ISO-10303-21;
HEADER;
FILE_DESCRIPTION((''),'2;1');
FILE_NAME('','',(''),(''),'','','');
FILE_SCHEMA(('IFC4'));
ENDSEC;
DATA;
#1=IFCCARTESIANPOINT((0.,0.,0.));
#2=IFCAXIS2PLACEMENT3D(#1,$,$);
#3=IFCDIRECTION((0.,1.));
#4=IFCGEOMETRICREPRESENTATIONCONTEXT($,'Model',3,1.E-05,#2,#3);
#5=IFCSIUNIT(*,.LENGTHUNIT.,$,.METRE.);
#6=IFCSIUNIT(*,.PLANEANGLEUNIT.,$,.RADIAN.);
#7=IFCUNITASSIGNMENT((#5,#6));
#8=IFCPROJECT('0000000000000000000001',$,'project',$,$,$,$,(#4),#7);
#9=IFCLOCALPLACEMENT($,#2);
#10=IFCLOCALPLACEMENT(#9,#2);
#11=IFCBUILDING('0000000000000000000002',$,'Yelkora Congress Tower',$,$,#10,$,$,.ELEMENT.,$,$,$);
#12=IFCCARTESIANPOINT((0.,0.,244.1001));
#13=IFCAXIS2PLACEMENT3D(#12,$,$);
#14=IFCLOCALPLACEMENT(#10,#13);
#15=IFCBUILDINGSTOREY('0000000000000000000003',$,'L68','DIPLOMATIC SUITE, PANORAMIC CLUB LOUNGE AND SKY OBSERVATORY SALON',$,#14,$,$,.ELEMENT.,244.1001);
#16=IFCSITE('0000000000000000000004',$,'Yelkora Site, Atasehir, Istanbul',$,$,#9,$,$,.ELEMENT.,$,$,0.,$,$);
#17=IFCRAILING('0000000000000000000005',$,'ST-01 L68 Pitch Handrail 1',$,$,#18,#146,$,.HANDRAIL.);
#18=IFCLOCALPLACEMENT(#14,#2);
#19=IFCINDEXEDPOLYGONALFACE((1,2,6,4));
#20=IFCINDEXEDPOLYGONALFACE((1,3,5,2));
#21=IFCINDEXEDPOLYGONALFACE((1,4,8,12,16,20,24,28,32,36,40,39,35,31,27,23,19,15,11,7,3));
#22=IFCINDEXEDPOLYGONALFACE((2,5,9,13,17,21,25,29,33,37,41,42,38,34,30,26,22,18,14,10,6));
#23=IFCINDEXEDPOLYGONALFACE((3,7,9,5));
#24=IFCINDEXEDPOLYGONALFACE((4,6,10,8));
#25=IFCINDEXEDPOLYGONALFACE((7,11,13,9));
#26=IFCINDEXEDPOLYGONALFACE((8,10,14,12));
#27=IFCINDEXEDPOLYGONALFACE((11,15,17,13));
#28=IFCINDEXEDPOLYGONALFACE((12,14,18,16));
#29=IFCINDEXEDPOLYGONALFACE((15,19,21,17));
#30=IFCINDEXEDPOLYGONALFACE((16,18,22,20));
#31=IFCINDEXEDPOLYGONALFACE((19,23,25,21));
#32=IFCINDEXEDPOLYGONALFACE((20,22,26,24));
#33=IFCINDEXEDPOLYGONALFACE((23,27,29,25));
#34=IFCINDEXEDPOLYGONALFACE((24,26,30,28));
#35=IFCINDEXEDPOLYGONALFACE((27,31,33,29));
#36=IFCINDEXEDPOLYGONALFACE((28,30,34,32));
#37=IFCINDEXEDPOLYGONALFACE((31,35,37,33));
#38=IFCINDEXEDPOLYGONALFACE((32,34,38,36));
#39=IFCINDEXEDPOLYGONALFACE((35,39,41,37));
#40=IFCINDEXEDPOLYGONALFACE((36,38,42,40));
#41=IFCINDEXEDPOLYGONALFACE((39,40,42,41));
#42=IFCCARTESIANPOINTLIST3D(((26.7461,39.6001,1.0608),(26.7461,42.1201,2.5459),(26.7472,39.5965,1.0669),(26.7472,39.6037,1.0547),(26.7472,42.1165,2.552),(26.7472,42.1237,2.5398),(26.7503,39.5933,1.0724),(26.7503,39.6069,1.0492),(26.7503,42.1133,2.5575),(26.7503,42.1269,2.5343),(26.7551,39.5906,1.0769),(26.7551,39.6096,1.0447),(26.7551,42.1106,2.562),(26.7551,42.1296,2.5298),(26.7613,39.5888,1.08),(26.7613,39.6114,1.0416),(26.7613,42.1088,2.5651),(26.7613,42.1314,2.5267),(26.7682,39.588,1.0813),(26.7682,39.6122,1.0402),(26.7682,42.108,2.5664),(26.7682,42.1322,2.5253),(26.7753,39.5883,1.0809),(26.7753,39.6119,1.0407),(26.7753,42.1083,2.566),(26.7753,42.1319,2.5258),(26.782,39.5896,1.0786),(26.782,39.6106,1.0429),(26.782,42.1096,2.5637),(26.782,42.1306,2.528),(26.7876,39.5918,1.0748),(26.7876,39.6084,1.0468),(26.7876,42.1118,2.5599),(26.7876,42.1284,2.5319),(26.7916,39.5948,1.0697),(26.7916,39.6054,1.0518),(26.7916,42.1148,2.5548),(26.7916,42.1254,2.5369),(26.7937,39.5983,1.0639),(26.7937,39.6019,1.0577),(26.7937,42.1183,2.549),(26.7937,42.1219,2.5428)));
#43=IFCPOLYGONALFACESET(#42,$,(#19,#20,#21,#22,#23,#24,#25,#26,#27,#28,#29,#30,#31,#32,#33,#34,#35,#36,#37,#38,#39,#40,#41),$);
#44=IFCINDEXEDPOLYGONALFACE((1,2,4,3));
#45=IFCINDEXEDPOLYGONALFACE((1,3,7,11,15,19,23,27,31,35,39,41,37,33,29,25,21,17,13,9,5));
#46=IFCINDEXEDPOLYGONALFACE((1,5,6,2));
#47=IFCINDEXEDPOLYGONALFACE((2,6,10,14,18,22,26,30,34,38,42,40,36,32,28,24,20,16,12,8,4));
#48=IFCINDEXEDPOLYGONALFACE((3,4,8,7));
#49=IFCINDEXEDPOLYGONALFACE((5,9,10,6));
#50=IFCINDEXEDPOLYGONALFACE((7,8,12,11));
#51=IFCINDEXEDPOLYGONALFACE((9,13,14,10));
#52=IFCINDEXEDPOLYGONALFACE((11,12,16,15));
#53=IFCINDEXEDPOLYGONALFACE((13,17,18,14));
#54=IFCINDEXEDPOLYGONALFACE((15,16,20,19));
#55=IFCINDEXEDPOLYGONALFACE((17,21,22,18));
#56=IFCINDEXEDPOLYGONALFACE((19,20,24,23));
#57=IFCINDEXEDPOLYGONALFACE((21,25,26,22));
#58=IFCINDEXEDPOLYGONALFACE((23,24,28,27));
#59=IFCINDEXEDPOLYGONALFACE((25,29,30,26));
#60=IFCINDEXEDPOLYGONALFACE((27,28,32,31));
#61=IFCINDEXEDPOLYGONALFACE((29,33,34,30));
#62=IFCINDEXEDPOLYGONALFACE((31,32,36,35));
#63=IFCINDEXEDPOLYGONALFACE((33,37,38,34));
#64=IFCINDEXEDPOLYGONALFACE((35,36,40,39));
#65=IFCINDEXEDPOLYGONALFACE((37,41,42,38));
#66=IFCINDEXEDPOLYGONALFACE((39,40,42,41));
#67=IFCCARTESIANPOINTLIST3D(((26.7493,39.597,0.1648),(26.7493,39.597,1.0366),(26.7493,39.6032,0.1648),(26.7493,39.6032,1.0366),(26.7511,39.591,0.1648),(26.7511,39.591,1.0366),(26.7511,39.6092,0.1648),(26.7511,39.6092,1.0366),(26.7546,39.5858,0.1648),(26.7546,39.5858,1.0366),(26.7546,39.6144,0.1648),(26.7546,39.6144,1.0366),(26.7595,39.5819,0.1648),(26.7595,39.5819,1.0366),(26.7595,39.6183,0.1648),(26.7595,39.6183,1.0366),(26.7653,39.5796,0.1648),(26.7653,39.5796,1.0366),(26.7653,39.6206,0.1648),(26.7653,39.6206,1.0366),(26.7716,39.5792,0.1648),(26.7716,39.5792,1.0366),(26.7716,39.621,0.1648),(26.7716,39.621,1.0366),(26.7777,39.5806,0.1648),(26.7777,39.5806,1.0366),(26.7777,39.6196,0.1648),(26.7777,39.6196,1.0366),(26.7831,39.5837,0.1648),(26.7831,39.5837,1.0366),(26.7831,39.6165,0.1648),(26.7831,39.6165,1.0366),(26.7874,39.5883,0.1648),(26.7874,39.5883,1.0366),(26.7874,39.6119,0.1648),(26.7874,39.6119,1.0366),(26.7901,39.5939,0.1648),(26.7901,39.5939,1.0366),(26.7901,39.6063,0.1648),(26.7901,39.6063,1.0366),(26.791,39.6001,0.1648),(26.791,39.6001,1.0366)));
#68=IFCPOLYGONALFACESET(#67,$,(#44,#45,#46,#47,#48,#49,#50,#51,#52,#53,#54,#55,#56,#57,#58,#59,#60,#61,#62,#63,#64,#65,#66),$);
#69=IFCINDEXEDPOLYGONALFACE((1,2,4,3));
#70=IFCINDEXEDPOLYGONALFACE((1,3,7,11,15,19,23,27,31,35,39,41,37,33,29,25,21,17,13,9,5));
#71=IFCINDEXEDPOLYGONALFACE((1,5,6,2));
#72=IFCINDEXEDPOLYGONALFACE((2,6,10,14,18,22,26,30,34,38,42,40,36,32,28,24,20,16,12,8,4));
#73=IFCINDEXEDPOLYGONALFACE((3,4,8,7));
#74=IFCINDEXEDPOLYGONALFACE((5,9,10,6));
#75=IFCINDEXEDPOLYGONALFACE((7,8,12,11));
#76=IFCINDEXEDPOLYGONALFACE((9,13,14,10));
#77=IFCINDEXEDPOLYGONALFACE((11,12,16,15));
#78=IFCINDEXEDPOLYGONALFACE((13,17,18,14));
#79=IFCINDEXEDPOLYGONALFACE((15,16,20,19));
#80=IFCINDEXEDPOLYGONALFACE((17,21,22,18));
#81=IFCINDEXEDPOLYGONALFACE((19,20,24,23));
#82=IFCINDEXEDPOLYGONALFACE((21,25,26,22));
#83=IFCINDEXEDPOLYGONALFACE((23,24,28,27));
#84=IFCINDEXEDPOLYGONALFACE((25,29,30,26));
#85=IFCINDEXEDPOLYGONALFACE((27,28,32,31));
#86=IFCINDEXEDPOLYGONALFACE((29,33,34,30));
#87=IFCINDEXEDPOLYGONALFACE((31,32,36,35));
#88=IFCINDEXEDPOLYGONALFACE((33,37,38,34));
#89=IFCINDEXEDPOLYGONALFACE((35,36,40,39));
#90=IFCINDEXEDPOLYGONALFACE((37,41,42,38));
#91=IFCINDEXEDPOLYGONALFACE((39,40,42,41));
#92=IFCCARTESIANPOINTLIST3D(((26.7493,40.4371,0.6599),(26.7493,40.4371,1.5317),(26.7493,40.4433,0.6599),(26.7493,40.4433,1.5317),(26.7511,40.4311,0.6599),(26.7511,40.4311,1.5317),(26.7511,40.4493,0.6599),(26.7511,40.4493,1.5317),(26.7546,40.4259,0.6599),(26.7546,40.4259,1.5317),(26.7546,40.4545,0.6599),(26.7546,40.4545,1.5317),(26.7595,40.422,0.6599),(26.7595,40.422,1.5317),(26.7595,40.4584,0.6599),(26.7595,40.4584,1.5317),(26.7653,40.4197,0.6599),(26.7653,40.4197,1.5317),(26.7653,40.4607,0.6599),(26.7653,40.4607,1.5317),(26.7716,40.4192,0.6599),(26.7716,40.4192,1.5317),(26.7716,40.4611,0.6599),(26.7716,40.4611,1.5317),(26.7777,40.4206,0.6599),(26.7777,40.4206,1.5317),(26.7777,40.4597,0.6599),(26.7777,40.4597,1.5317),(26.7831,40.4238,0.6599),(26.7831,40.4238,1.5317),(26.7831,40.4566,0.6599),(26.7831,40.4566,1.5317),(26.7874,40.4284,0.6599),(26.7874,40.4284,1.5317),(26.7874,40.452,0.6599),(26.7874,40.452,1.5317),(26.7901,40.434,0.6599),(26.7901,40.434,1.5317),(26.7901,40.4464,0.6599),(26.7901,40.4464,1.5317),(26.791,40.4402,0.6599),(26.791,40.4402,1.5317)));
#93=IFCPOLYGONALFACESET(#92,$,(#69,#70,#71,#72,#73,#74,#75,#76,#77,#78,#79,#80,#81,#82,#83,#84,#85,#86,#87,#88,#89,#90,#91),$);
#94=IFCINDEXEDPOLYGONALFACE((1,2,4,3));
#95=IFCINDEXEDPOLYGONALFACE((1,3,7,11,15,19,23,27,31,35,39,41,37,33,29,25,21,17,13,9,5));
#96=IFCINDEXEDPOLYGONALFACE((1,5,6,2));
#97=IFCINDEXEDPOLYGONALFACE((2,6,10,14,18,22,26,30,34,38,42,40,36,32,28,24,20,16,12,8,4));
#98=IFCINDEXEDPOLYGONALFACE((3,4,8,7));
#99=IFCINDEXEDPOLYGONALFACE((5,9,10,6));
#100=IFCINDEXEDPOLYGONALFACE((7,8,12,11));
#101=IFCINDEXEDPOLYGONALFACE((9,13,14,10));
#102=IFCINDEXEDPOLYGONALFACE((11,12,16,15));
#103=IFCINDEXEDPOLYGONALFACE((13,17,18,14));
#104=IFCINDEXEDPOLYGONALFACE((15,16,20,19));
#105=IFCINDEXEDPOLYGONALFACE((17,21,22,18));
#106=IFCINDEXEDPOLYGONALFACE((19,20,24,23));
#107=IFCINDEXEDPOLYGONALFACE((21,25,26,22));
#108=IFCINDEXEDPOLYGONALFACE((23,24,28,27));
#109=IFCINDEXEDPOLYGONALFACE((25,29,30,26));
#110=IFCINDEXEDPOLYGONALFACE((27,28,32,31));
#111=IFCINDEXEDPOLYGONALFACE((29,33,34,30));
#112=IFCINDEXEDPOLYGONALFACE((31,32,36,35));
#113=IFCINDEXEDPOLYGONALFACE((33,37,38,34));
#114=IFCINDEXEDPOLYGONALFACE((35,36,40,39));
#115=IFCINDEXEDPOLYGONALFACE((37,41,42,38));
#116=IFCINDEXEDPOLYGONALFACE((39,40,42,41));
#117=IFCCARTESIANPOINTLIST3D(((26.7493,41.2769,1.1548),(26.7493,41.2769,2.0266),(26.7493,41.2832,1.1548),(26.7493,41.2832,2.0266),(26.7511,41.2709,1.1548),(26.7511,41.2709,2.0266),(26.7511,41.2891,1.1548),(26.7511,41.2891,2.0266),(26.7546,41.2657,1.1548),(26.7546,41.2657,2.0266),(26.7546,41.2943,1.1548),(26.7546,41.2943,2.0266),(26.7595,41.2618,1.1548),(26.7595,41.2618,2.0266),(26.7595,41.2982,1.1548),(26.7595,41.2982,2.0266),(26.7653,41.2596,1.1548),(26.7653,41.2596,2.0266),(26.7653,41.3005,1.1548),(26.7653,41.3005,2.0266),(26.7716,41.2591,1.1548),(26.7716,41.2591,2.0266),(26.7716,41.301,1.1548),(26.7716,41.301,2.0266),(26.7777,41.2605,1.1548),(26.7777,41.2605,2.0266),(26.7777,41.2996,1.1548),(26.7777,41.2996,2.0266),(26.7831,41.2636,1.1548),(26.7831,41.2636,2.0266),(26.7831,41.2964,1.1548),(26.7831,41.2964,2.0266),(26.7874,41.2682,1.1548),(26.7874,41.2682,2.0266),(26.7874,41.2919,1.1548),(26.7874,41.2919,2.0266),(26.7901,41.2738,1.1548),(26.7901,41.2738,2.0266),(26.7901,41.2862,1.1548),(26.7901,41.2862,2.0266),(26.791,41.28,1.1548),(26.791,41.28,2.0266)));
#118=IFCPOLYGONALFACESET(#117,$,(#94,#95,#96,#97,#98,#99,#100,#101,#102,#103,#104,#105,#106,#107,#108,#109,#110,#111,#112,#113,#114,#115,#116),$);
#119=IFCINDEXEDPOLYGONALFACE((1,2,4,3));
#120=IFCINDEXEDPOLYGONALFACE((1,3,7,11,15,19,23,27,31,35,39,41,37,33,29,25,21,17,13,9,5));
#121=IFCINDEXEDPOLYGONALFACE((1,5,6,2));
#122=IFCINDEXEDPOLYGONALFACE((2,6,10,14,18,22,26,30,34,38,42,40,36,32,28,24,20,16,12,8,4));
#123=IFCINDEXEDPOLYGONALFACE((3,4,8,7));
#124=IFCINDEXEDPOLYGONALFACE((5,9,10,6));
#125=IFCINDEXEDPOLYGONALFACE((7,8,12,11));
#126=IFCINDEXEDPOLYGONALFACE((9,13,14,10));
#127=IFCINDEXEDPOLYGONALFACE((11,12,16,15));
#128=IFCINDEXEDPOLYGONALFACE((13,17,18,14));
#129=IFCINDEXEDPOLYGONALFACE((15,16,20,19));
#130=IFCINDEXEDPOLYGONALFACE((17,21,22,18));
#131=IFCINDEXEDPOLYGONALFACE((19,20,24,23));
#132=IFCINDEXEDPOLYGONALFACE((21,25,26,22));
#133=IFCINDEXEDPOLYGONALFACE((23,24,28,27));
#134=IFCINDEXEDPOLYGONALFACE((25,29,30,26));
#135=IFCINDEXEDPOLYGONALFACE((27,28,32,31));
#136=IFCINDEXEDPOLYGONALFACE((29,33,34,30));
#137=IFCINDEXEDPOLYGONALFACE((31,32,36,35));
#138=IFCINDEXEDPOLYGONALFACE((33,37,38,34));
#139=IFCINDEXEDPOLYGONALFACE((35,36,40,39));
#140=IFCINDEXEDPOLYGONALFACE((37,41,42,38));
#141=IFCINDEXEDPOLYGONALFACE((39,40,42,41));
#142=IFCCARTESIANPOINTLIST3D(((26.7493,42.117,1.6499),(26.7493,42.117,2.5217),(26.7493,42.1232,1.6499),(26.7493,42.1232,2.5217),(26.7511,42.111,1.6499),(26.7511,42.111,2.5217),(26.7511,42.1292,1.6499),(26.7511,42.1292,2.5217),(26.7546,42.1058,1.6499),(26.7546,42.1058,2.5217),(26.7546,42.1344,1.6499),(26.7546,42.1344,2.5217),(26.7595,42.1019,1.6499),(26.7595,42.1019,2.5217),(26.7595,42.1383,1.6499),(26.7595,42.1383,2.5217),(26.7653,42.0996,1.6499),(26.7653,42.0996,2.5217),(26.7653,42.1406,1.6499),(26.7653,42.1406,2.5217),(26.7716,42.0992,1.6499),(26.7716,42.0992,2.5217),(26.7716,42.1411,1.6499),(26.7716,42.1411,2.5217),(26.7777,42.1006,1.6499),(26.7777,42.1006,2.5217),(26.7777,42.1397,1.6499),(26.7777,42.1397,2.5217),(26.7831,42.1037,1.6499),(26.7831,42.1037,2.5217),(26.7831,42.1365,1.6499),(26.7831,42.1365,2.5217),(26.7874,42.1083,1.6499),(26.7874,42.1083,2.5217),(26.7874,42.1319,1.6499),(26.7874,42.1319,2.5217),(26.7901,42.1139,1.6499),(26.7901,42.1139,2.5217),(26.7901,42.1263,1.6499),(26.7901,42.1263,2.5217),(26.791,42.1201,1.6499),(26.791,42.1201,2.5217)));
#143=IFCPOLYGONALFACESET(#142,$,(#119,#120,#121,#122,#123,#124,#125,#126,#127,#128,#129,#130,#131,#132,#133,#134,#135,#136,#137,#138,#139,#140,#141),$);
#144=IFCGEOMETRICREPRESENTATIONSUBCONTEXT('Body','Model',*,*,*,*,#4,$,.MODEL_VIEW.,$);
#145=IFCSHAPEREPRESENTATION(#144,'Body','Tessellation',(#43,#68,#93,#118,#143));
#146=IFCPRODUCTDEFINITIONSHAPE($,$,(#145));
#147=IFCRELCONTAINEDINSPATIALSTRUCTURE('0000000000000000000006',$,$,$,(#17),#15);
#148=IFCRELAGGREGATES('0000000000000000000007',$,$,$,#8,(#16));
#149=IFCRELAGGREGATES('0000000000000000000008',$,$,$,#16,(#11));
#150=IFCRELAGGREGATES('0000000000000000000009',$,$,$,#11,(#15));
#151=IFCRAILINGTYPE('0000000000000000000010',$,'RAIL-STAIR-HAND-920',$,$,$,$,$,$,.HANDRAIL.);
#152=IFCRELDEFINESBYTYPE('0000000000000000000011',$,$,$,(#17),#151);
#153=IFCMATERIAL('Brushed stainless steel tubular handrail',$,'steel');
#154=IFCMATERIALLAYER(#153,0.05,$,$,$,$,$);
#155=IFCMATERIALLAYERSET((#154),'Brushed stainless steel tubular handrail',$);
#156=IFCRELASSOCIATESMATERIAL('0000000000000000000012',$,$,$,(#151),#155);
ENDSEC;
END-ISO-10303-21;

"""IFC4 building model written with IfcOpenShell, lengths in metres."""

from ifc_helpers import new_model, si_unit, direction, frame, origin, origin_2d, place, context, subcontext, project, spatial, circle, extrude, material, layer, layer_set, type_object, element, save


model = new_model("IFC4")

# Units and contexts
model_context = context("Model", 3, precision=1e-05, world=origin(), true_north=direction((0.0, 1.0)))
body_context = subcontext(model_context, "Body", "Model", "MODEL_VIEW")
ifc_project = project(units=[si_unit("LENGTHUNIT", "METRE"), si_unit("PLANEANGLEUNIT", "RADIAN")], contexts=[model_context])

# Site, building, storey
site_placement = place(None, origin())
site = spatial("IfcSite", under=ifc_project, at=site_placement, Name="Yelkora Site, Atasehir, Istanbul", CompositionType="ELEMENT", RefElevation=0.0)
building_placement = place(site_placement, origin())
building = spatial("IfcBuilding", under=site, at=building_placement, Name="Yelkora Congress Tower", CompositionType="ELEMENT")
storey_placement = place(building_placement, frame((0.0, 0.0, 244.1001)))
storey = spatial("IfcBuildingStorey", under=building, at=storey_placement, Name="L68", Description="DIPLOMATIC SUITE, PANORAMIC CLUB LOUNGE AND SKY OBSERVATORY SALON", CompositionType="ELEMENT", Elevation=244.1001)

# Railing
ifc_material_1 = material(Name="Brushed stainless steel tubular handrail", Category="steel")
ifc_layer_1 = layer(ifc_material_1, 0.05)
ifc_layer_set_1 = layer_set([ifc_layer_1], Name="Brushed stainless steel tubular handrail")
railing_type_1 = type_object("IfcRailingType", Name="RAIL-STAIR-HAND-920", PredefinedType="HANDRAIL", material=ifc_layer_set_1)
railing_1_placement = place(storey_placement, frame((26.77, 39.6001, 0.1648)))
element("IfcRailing", 1, at=railing_1_placement, inside=storey, type_object=railing_type_1, Name="ST-01 L68 Pitch Handrail 1", PredefinedType="HANDRAIL", context=body_context, shape_type="SweptSolid", body=[
    extrude(circle(Radius=0.0239, at=origin_2d()), frame((0.0, 0.0, 0.896), z_axis=(0.0, 0.861524, 0.507717), x_axis=(-1.0, 0.0, 0.0)), (0.0, 0.0, 1.0), 2.925),
    extrude(circle(Radius=0.021, at=origin_2d()), origin(), (0.0, 0.0, 1.0), 0.8718),
    extrude(circle(Radius=0.021, at=origin_2d()), frame((0.0, 0.8401, 0.4951)), (0.0, 0.0, 1.0), 0.8718),
    extrude(circle(Radius=0.021, at=origin_2d()), frame((0.0, 1.6799, 0.99)), (0.0, 0.0, 1.0), 0.8718),
    extrude(circle(Radius=0.021, at=origin_2d()), frame((0.0, 2.52, 1.4851)), (0.0, 0.0, 1.0), 0.8718),
])

save(model, "model.ifc")
